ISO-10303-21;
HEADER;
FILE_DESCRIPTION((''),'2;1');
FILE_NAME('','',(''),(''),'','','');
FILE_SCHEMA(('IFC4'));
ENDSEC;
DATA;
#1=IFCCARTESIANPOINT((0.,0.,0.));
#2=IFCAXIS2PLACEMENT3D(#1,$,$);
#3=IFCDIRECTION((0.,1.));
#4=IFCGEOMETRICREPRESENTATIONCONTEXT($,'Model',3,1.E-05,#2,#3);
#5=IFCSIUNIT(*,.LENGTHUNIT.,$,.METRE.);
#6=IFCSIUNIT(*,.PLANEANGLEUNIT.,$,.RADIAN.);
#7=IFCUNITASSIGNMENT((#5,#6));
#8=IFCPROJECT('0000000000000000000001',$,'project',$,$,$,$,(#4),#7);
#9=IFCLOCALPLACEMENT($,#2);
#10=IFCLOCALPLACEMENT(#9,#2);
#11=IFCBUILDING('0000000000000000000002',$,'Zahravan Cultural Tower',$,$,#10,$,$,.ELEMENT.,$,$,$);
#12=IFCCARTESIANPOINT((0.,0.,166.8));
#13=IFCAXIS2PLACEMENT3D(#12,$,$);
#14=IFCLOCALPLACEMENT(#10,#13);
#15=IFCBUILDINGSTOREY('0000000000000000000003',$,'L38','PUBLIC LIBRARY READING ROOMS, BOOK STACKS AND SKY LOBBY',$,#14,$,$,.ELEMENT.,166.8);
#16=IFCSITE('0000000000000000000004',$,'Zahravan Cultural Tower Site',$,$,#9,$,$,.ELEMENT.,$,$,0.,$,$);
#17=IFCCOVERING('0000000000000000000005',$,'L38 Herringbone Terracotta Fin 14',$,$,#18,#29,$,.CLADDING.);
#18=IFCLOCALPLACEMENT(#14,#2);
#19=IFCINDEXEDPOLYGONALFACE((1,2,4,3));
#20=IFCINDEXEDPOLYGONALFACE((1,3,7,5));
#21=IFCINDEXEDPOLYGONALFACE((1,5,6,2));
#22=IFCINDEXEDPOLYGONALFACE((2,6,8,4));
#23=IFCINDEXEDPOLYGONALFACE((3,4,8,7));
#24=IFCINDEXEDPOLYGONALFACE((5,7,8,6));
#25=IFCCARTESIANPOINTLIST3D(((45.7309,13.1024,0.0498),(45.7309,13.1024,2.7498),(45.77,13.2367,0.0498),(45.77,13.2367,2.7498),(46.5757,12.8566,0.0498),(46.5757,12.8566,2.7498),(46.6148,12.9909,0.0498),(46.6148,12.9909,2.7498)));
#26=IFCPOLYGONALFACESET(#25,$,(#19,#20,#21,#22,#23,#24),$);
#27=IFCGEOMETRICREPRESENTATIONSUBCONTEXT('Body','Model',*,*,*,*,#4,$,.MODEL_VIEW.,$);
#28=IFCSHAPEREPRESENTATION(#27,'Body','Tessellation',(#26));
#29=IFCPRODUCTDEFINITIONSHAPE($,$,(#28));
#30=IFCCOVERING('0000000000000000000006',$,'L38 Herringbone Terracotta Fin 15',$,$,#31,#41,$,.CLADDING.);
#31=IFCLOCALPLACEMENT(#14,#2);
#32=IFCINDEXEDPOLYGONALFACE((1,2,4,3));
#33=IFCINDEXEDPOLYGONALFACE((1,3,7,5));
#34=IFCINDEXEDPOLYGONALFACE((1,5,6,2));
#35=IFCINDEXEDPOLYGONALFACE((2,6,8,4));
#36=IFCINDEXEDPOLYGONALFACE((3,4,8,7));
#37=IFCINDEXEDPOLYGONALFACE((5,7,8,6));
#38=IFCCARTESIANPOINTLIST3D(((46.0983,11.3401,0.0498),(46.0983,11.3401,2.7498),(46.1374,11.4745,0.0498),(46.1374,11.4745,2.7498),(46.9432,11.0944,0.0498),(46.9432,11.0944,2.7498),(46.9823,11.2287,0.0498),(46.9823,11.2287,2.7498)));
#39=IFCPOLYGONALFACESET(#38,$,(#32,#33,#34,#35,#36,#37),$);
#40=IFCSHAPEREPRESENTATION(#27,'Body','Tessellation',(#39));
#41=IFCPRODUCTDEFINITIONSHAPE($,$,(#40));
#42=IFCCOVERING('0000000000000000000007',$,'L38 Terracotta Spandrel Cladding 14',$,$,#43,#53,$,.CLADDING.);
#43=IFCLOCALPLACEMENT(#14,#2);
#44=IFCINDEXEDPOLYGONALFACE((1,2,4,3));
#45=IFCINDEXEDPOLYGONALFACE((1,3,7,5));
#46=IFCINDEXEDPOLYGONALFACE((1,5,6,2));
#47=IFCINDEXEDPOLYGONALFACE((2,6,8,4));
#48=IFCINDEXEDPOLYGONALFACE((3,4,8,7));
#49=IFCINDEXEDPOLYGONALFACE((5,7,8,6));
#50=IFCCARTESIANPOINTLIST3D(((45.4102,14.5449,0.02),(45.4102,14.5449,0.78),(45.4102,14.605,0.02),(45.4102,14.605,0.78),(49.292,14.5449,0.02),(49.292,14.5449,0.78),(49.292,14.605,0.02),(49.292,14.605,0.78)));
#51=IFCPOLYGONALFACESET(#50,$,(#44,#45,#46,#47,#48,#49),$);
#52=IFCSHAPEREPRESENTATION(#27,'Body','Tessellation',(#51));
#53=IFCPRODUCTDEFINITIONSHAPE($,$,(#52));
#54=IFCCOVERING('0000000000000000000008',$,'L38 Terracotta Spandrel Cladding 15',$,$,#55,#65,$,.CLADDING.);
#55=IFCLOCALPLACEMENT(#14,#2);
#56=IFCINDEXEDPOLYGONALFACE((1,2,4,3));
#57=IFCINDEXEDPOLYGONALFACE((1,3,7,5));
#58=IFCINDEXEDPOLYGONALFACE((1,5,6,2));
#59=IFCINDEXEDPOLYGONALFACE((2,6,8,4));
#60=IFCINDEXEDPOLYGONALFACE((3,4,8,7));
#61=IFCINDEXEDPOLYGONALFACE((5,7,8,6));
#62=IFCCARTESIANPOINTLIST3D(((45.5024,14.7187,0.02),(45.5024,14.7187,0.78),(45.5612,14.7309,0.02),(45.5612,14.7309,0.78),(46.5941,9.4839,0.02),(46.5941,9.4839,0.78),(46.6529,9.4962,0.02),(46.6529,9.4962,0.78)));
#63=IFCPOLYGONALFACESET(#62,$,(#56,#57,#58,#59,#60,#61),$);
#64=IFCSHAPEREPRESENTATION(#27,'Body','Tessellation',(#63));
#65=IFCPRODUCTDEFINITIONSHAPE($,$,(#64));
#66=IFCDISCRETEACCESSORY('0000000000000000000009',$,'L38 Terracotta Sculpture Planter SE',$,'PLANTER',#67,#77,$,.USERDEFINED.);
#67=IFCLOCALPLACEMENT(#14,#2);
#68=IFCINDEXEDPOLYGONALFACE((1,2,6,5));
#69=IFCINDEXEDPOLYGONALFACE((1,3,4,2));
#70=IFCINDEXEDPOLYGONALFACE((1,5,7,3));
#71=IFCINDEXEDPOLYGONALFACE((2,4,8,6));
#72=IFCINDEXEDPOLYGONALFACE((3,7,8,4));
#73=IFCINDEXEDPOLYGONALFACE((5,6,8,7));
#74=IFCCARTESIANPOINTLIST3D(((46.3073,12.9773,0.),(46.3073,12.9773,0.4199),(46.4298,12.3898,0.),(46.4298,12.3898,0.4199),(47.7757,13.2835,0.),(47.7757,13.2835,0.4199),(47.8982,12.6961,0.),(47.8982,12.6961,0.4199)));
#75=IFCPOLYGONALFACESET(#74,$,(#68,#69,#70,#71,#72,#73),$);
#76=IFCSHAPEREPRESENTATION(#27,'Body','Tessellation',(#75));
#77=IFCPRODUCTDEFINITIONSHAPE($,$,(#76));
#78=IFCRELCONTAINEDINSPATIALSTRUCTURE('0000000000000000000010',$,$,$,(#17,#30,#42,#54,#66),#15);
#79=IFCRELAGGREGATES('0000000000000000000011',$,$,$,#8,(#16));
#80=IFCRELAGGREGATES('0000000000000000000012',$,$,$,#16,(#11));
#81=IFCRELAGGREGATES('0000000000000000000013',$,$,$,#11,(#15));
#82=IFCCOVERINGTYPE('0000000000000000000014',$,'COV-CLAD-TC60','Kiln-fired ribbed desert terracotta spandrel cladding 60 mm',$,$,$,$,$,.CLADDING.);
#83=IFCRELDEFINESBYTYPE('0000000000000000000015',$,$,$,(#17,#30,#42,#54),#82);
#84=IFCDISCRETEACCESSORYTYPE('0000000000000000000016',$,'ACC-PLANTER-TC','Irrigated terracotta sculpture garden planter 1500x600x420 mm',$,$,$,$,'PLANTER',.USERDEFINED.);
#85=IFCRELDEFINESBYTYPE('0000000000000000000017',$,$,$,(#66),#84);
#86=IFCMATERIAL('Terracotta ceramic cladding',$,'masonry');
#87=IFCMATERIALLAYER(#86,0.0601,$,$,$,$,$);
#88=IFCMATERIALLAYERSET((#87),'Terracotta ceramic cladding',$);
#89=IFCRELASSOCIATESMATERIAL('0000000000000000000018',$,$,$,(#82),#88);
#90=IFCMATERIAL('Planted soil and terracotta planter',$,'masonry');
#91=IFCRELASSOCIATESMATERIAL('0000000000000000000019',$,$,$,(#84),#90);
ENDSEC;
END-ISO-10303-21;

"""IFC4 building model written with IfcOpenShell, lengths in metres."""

from ifc_helpers import new_model, si_unit, direction, frame, origin, origin_2d, place, context, subcontext, project, spatial, rectangle, extrude, source, transform, mapped, material, layer, layer_set, type_object, element, save


model = new_model("IFC4")

# Units and contexts
model_context = context("Model", 3, precision=1e-05, world=origin(), true_north=direction((0.0, 1.0)))
body_context = subcontext(model_context, "Body", "Model", "MODEL_VIEW")
ifc_project = project(units=[si_unit("LENGTHUNIT", "METRE"), si_unit("PLANEANGLEUNIT", "RADIAN")], contexts=[model_context])

# Site, building, storey
site_placement = place(None, origin())
site = spatial("IfcSite", under=ifc_project, at=site_placement, Name="Zahravan Cultural Tower Site", CompositionType="ELEMENT", RefElevation=0.0)
building_placement = place(site_placement, origin())
building = spatial("IfcBuilding", under=site, at=building_placement, Name="Zahravan Cultural Tower", CompositionType="ELEMENT")
storey_placement = place(building_placement, frame((0.0, 0.0, 166.8)))
storey = spatial("IfcBuildingStorey", under=building, at=storey_placement, Name="L38", Description="PUBLIC LIBRARY READING ROOMS, BOOK STACKS AND SKY LOBBY", CompositionType="ELEMENT", Elevation=166.8)

# Coverings
ifc_material_1 = material(Name="Terracotta ceramic cladding", Category="masonry")
ifc_layer_1 = layer(ifc_material_1, 0.0601)
ifc_layer_set_1 = layer_set([ifc_layer_1], Name="Terracotta ceramic cladding")
covering_type = type_object("IfcCoveringType", Name="COV-CLAD-TC60", Description="Kiln-fired ribbed desert terracotta spandrel cladding 60 mm", PredefinedType="CLADDING", material=ifc_layer_set_1)
shared_shape_1 = source(origin(), body_context, "Body", "SweptSolid", [
    extrude(rectangle(XDim=0.8799, YDim=0.1399, at=origin_2d()), origin(), (0.0, 0.0, 1.0), 2.7),
])
for number, where, z_axis, x_axis, name in (
    (1, (46.1729, 13.0466, 0.0498), (0.0, 0.0, 1.0), (0.960196, -0.279326, 0.0), "L38 Herringbone Terracotta Fin 14"),
    (2, (46.5403, 11.2844, 0.0498), (0.0, 0.0, 1.0), (0.960196, -0.279326, 0.0), "L38 Herringbone Terracotta Fin 15"),
):
    element("IfcCovering", number, at=place(storey_placement, frame(where, z_axis=z_axis, x_axis=x_axis)), inside=storey, type_object=covering_type, Name=name, PredefinedType="CLADDING", context=body_context, shape_type="MappedRepresentation", body=[
        mapped(shared_shape_1, transform((0.0, 0.0, 0.0), x_axis=(1.0, 0.0, 0.0), y_axis=(0.0, 1.0, 0.0), z_axis=(0.0, 0.0, 1.0), scale=1.0)),
    ])
shared_shape_2 = source(origin(), body_context, "Body", "SweptSolid", [
    extrude(rectangle(XDim=3.8818, YDim=0.0601, at=origin_2d()), origin(), (0.0, 0.0, 1.0), 0.76),
])
covering_1_placement = place(storey_placement, frame((47.3511, 14.575, 0.02), z_axis=(0.0, 0.0, 1.0), x_axis=(-1.0, 0.0, 0.0)))
element("IfcCovering", 3, at=covering_1_placement, inside=storey, type_object=covering_type, Name="L38 Terracotta Spandrel Cladding 14", PredefinedType="CLADDING", context=body_context, shape_type="MappedRepresentation", body=[
    mapped(shared_shape_2, transform((0.0, 0.0, 0.0), x_axis=(1.0, 0.0, 0.0), y_axis=(0.0, 1.0, 0.0), z_axis=(0.0, 0.0, 1.0), scale=1.0)),
])
shared_shape_3 = source(origin(), body_context, "Body", "SweptSolid", [
    extrude(rectangle(XDim=5.3474, YDim=0.0601, at=origin_2d()), origin(), (0.0, 0.0, 1.0), 0.76),
])
covering_2_placement = place(storey_placement, frame((46.0776, 12.1074, 0.02), z_axis=(0.0, 0.0, 1.0), x_axis=(0.204154, -0.978939, 0.0)))
element("IfcCovering", 4, at=covering_2_placement, inside=storey, type_object=covering_type, Name="L38 Terracotta Spandrel Cladding 15", PredefinedType="CLADDING", context=body_context, shape_type="MappedRepresentation", body=[
    mapped(shared_shape_3, transform((0.0, 0.0, 0.0), x_axis=(1.0, 0.0, 0.0), y_axis=(0.0, 1.0, 0.0), z_axis=(0.0, 0.0, 1.0), scale=1.0)),
])

# Discrete accessory
ifc_material_2 = material(Name="Planted soil and terracotta planter", Category="masonry")
discrete_accessory_type = type_object("IfcDiscreteAccessoryType", Name="ACC-PLANTER-TC", Description="Irrigated terracotta sculpture garden planter 1500x600x420 mm", ElementType="PLANTER", PredefinedType="USERDEFINED", material=ifc_material_2)
shared_shape_4 = source(origin(), body_context, "Body", "SweptSolid", [
    extrude(rectangle(XDim=1.5, YDim=0.6001, at=origin_2d()), origin(), (0.0, 0.0, 1.0), 0.4199),
])
discrete_accessory_placement = place(storey_placement, frame((47.1028, 12.8367, 0.0), z_axis=(0.0, 0.0, 1.0), x_axis=(0.978939, 0.204154, 0.0)))
element("IfcDiscreteAccessory", 5, at=discrete_accessory_placement, inside=storey, type_object=discrete_accessory_type, Name="L38 Terracotta Sculpture Planter SE", ObjectType="PLANTER", PredefinedType="USERDEFINED", context=body_context, shape_type="MappedRepresentation", body=[
    mapped(shared_shape_4, transform((0.0, 0.0, 0.0), x_axis=(1.0, 0.0, 0.0), y_axis=(0.0, 1.0, 0.0), z_axis=(0.0, 0.0, 1.0), scale=1.0)),
])

save(model, "model.ifc")
